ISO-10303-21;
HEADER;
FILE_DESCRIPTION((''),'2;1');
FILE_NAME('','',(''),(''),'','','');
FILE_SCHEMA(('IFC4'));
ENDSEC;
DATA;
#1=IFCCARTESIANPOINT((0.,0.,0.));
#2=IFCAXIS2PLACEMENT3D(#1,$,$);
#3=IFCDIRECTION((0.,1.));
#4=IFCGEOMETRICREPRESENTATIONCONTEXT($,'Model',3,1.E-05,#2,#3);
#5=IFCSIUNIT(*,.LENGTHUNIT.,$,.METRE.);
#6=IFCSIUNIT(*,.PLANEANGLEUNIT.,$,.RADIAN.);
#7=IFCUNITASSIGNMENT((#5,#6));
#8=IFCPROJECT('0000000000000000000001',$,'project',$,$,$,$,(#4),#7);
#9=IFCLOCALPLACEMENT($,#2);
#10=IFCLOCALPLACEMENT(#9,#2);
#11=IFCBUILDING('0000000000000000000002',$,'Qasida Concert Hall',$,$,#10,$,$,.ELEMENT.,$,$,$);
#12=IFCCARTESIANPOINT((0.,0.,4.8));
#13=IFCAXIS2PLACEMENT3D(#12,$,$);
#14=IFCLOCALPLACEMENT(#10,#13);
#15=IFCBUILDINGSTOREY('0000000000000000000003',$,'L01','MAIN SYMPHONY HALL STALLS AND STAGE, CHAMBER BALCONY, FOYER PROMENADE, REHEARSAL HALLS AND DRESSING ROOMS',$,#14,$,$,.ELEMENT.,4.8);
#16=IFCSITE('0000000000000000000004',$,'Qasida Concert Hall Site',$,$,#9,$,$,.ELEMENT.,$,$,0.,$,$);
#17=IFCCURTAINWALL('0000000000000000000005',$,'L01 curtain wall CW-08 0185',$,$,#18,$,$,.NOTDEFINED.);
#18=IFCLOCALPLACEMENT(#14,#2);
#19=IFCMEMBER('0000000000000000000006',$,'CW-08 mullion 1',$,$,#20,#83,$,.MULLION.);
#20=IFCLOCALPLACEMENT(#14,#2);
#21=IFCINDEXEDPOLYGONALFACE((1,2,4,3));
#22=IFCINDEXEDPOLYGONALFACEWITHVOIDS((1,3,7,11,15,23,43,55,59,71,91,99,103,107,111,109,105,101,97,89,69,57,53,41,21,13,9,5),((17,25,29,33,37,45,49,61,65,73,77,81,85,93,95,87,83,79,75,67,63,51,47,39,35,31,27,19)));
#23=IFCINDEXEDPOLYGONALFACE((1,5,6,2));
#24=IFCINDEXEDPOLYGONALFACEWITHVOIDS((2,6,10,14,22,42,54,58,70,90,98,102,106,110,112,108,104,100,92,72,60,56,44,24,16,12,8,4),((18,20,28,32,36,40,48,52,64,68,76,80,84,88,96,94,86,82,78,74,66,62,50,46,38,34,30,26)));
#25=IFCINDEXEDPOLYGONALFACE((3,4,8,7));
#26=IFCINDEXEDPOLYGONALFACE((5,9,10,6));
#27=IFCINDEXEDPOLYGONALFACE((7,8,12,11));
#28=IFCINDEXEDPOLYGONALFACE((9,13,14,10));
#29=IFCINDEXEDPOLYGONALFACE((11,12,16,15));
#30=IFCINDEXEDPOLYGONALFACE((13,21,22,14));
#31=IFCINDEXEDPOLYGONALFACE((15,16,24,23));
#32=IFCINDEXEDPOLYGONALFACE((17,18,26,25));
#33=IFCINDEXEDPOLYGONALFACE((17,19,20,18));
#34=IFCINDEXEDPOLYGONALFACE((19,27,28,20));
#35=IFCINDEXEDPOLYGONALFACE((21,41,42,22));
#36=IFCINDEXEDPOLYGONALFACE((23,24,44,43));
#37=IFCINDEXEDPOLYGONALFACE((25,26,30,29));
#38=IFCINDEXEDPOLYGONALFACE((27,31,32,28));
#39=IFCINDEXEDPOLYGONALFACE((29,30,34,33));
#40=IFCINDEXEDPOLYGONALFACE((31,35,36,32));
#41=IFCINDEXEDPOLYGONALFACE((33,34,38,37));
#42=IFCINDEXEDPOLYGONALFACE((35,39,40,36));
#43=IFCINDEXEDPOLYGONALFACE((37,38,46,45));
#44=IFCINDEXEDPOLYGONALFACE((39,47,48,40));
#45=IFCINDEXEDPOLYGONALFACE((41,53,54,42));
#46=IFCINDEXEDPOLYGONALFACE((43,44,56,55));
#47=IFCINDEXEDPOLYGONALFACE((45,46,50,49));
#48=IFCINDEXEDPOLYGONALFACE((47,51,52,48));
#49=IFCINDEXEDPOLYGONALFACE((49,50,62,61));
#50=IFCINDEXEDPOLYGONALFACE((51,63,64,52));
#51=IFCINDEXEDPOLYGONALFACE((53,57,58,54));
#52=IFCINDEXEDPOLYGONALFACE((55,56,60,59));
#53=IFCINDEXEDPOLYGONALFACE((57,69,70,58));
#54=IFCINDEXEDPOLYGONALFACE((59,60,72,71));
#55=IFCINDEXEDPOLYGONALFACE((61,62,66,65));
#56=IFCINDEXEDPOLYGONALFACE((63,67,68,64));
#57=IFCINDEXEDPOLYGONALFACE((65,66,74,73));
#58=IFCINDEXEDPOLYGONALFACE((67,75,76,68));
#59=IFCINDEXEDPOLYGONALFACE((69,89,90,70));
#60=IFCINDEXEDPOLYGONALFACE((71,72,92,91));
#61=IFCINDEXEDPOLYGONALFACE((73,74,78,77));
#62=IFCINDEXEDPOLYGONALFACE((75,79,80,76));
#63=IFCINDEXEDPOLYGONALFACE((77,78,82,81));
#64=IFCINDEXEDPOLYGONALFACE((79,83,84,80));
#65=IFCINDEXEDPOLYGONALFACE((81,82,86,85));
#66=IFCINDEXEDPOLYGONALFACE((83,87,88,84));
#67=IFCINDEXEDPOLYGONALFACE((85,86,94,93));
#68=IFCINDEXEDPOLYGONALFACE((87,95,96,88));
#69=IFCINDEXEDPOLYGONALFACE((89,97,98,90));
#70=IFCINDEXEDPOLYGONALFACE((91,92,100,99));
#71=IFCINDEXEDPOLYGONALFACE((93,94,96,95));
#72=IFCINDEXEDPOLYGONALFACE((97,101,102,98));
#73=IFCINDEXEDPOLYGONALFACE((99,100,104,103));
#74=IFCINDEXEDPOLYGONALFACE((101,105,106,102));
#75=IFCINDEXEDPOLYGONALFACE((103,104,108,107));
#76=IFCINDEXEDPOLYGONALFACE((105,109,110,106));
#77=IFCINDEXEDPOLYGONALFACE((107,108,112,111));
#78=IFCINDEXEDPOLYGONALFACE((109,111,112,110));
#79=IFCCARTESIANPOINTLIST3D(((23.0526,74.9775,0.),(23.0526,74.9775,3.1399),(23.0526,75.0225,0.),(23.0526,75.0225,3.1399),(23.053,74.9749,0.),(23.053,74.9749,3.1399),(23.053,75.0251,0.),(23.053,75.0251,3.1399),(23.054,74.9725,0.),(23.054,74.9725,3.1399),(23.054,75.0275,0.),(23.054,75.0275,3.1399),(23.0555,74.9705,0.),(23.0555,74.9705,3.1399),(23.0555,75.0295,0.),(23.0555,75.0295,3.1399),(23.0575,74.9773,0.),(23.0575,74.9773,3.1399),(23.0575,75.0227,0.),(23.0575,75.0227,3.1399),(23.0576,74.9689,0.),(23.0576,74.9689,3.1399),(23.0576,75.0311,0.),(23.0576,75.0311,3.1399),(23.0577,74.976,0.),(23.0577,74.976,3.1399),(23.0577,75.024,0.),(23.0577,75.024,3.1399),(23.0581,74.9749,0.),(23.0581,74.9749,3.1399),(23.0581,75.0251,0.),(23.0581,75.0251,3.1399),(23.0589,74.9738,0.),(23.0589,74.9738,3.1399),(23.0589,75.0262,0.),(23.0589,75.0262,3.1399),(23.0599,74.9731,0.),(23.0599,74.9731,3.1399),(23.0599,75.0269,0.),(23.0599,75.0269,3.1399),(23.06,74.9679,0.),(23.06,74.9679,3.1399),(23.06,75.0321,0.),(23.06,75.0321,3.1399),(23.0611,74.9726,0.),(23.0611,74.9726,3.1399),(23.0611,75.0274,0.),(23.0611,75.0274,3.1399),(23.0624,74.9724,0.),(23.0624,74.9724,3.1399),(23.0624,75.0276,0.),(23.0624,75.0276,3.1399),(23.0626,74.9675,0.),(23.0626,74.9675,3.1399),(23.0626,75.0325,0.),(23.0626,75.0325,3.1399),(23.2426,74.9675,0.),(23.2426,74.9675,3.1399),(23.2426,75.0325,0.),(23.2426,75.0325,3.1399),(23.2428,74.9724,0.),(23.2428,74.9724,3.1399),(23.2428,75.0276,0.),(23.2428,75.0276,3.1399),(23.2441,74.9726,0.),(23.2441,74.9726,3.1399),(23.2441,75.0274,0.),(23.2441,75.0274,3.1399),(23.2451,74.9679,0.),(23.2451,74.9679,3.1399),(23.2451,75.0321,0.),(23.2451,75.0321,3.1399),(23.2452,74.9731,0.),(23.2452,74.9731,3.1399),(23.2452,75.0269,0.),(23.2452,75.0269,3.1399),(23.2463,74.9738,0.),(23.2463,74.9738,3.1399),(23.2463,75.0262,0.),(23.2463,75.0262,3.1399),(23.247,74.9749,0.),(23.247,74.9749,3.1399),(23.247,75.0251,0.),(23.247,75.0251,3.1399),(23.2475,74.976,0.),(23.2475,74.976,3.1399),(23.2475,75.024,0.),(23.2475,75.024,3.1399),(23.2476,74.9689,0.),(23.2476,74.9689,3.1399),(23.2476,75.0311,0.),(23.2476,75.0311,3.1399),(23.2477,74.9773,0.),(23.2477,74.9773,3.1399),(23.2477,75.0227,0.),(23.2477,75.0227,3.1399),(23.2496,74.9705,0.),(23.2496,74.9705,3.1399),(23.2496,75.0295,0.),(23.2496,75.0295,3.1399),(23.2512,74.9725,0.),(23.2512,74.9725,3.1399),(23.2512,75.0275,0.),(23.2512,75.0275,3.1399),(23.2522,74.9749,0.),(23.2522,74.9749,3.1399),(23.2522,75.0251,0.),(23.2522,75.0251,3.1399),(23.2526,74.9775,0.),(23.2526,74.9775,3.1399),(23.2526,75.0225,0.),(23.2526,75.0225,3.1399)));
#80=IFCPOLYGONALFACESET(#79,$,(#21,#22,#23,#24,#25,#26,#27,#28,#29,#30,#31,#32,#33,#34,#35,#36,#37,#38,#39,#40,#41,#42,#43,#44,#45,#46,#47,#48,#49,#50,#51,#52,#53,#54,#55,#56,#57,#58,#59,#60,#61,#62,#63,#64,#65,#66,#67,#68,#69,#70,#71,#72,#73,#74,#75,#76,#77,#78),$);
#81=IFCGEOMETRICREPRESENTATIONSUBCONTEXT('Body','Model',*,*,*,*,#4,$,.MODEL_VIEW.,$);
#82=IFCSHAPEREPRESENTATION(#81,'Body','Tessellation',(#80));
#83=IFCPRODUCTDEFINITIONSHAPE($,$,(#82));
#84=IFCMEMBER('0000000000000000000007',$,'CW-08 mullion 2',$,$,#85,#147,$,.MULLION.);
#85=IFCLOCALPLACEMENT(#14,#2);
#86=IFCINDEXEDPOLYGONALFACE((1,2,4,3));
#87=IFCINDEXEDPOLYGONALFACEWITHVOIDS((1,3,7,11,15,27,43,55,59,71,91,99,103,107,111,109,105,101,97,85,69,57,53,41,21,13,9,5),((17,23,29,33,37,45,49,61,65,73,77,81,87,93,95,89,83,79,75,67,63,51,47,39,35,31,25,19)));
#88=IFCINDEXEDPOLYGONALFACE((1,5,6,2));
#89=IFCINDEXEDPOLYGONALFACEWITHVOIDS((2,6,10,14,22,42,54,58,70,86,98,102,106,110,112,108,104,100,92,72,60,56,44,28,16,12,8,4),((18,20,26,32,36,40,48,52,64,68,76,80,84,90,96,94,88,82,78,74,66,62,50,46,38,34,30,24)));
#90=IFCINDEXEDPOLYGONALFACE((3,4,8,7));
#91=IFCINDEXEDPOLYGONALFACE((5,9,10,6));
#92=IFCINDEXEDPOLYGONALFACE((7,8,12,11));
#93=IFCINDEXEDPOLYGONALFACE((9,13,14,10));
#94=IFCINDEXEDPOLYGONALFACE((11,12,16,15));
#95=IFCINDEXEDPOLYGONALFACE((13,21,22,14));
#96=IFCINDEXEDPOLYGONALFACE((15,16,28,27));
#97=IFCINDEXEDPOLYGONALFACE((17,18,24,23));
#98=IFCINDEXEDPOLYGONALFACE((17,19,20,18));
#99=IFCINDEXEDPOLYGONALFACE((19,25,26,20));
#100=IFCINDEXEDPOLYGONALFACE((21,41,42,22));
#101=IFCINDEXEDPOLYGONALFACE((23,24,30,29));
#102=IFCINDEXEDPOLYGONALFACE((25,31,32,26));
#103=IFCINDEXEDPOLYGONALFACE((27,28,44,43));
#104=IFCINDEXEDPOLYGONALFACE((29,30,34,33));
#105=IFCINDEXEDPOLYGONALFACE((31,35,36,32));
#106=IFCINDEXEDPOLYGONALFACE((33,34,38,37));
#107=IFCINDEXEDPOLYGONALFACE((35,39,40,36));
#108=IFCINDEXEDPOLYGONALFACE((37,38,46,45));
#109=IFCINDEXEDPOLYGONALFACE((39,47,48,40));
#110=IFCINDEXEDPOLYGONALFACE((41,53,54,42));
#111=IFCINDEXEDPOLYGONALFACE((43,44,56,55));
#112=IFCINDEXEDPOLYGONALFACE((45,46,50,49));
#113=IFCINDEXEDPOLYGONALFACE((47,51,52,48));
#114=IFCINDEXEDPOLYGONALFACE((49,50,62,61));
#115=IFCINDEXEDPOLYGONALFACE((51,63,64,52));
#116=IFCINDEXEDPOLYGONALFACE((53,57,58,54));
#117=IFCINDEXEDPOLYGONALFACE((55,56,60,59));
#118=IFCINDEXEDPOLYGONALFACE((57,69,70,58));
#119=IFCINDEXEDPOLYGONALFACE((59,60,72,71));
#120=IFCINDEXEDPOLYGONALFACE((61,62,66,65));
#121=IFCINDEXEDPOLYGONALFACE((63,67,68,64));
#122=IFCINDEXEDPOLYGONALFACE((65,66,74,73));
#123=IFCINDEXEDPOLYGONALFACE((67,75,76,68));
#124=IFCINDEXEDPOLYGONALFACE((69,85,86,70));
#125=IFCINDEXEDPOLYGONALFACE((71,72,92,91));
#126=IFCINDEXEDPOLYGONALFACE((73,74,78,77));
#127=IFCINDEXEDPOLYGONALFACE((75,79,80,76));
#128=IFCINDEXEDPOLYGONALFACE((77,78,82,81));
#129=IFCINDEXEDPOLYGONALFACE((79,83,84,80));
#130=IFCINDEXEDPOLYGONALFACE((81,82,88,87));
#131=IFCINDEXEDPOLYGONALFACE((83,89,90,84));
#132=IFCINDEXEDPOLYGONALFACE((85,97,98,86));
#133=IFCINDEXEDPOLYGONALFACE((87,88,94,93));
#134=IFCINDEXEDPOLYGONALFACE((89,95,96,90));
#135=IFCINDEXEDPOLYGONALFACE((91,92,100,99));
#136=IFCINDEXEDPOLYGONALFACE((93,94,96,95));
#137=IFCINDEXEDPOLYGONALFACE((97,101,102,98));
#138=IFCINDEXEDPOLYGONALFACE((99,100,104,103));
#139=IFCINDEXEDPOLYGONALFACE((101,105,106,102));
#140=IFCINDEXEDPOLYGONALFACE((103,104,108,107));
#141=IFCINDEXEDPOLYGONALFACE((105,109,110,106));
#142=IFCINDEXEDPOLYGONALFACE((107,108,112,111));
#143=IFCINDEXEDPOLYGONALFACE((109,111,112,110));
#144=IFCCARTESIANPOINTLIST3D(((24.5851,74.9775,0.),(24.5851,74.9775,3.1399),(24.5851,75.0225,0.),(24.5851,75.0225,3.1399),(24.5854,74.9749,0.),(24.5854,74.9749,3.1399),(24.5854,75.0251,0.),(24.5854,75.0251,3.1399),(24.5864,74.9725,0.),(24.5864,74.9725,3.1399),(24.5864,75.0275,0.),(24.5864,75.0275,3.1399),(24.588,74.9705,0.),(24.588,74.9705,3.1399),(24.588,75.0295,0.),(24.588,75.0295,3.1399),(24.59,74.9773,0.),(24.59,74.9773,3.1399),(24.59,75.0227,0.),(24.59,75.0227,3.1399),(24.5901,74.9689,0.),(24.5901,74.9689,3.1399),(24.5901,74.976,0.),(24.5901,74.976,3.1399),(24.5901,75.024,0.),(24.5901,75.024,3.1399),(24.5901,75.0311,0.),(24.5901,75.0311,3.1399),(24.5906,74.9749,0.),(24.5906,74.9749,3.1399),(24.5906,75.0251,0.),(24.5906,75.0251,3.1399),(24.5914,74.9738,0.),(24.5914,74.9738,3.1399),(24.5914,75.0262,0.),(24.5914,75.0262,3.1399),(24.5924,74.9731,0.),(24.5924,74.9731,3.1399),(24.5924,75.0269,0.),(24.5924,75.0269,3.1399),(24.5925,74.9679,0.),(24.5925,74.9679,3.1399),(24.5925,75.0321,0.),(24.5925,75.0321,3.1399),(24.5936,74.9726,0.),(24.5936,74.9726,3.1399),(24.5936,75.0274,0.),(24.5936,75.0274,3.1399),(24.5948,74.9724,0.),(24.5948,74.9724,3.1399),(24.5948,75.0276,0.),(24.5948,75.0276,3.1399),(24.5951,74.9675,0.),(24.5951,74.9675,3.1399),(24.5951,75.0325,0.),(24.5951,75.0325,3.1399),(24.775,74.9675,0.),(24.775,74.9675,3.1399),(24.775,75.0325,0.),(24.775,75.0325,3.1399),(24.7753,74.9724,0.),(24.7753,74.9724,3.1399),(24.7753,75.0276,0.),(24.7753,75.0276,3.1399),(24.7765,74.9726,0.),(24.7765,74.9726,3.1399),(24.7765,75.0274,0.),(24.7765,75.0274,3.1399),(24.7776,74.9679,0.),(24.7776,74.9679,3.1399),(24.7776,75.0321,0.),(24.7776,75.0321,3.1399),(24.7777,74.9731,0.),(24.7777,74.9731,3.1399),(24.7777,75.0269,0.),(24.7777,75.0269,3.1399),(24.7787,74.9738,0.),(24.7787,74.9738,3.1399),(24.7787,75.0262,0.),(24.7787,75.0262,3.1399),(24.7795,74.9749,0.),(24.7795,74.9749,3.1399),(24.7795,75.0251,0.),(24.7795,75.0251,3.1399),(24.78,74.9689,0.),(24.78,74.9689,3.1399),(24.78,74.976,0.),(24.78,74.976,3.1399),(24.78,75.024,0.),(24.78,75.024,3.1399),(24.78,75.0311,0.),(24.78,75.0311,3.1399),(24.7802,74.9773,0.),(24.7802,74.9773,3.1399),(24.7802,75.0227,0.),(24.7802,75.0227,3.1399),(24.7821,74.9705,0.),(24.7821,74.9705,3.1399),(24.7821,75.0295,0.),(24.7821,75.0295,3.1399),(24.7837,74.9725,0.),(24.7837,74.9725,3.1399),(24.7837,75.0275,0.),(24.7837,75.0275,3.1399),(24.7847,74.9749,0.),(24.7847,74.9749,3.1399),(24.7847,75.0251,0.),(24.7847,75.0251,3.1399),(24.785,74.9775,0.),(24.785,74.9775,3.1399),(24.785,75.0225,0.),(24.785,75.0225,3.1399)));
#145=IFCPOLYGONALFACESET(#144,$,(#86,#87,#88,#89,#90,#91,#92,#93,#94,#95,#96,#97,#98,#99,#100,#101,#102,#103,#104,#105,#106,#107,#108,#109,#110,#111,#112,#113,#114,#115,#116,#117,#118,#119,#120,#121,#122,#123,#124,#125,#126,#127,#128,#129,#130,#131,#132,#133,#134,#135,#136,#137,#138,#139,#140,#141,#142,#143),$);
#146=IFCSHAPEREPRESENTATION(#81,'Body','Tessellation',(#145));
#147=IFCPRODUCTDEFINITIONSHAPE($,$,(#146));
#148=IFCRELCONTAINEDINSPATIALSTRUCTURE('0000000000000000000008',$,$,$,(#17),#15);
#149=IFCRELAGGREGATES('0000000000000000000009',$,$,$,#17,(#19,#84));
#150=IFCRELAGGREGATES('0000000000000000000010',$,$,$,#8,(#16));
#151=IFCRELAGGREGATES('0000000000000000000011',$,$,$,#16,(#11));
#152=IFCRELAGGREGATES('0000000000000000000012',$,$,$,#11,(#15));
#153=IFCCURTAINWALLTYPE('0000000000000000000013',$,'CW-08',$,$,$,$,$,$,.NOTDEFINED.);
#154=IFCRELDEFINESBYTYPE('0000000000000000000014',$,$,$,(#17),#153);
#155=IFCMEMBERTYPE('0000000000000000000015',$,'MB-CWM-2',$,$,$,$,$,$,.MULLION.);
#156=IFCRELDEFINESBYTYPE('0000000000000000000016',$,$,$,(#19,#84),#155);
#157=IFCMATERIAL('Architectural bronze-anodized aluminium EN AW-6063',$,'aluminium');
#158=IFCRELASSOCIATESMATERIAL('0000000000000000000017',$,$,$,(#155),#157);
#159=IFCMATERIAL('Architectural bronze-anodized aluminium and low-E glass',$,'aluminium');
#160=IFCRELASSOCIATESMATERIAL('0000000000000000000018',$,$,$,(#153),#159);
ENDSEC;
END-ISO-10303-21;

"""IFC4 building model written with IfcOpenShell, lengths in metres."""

from ifc_helpers import new_model, si_unit, direction, frame, origin, origin_2d, place, context, subcontext, project, spatial, hollow_rectangle, extrude, material, material_profile, profile_set, type_object, element, aggregate, save


model = new_model("IFC4")

# Units and contexts
model_context = context("Model", 3, precision=1e-05, world=origin(), true_north=direction((0.0, 1.0)))
body_context = subcontext(model_context, "Body", "Model", "MODEL_VIEW")
ifc_project = project(units=[si_unit("LENGTHUNIT", "METRE"), si_unit("PLANEANGLEUNIT", "RADIAN")], contexts=[model_context])

# Site, building, storey
site_placement = place(None, origin())
site = spatial("IfcSite", under=ifc_project, at=site_placement, Name="Qasida Concert Hall Site", CompositionType="ELEMENT", RefElevation=0.0)
building_placement = place(site_placement, origin())
building = spatial("IfcBuilding", under=site, at=building_placement, Name="Qasida Concert Hall", CompositionType="ELEMENT")
storey_placement = place(building_placement, frame((0.0, 0.0, 4.8)))
storey = spatial("IfcBuildingStorey", under=building, at=storey_placement, Name="L01", Description="MAIN SYMPHONY HALL STALLS AND STAGE, CHAMBER BALCONY, FOYER PROMENADE, REHEARSAL HALLS AND DRESSING ROOMS", CompositionType="ELEMENT", Elevation=4.8)

# Shared definitions
ifc_material_1 = material(Name="Architectural bronze-anodized aluminium and low-E glass", Category="aluminium")
ifc_material_2 = material(Name="Architectural bronze-anodized aluminium EN AW-6063", Category="aluminium")
ifc_material_profile_1 = material_profile(ifc_material_2, hollow_rectangle(XDim=0.0649, YDim=0.2, WallThickness=0.0049, InnerFilletRadius=0.0049, OuterFilletRadius=0.01, at=origin_2d()), Name="CWM 200x65x5")
ifc_profile_set_1 = profile_set([ifc_material_profile_1], Name="Architectural bronze-anodized aluminium EN AW-6063")
member_type_1 = type_object("IfcMemberType", Name="MB-CWM-2", PredefinedType="MULLION", material=ifc_profile_set_1)

# Curtain wall, members
curtain_wall_type_1 = type_object("IfcCurtainWallType", Name="CW-08", PredefinedType="NOTDEFINED", material=ifc_material_1)
curtain_wall_1_placement = place(storey_placement, origin())
curtain_wall_1 = element("IfcCurtainWall", 1, at=curtain_wall_1_placement, inside=storey, type_object=curtain_wall_type_1, Name="L01 curtain wall CW-08 0185", PredefinedType="NOTDEFINED")
member_1_placement = place(storey_placement, frame((23.1526, 75.0, 0.0), z_axis=(0.0, 0.0, 1.0), x_axis=(0.0, 1.0, 0.0)))
member_1 = element("IfcMember", 2, at=member_1_placement, type_object=member_type_1, Name="CW-08 mullion 1", PredefinedType="MULLION", context=body_context, shape_type="SweptSolid", body=[
    extrude(hollow_rectangle(XDim=0.0649, YDim=0.2, WallThickness=0.0049, InnerFilletRadius=0.0049, OuterFilletRadius=0.01, at=origin_2d()), origin(), (0.0, 0.0, 1.0), 3.1399),
])
member_2_placement = place(storey_placement, frame((24.6851, 75.0, 0.0), z_axis=(0.0, 0.0, 1.0), x_axis=(0.0, 1.0, 0.0)))
member_2 = element("IfcMember", 3, at=member_2_placement, type_object=member_type_1, Name="CW-08 mullion 2", PredefinedType="MULLION", context=body_context, shape_type="SweptSolid", body=[
    extrude(hollow_rectangle(XDim=0.0649, YDim=0.2, WallThickness=0.0049, InnerFilletRadius=0.0049, OuterFilletRadius=0.01, at=origin_2d()), origin(), (0.0, 0.0, 1.0), 3.1399),
])

aggregate(curtain_wall_1, [member_1, member_2])

save(model, "model.ifc")
